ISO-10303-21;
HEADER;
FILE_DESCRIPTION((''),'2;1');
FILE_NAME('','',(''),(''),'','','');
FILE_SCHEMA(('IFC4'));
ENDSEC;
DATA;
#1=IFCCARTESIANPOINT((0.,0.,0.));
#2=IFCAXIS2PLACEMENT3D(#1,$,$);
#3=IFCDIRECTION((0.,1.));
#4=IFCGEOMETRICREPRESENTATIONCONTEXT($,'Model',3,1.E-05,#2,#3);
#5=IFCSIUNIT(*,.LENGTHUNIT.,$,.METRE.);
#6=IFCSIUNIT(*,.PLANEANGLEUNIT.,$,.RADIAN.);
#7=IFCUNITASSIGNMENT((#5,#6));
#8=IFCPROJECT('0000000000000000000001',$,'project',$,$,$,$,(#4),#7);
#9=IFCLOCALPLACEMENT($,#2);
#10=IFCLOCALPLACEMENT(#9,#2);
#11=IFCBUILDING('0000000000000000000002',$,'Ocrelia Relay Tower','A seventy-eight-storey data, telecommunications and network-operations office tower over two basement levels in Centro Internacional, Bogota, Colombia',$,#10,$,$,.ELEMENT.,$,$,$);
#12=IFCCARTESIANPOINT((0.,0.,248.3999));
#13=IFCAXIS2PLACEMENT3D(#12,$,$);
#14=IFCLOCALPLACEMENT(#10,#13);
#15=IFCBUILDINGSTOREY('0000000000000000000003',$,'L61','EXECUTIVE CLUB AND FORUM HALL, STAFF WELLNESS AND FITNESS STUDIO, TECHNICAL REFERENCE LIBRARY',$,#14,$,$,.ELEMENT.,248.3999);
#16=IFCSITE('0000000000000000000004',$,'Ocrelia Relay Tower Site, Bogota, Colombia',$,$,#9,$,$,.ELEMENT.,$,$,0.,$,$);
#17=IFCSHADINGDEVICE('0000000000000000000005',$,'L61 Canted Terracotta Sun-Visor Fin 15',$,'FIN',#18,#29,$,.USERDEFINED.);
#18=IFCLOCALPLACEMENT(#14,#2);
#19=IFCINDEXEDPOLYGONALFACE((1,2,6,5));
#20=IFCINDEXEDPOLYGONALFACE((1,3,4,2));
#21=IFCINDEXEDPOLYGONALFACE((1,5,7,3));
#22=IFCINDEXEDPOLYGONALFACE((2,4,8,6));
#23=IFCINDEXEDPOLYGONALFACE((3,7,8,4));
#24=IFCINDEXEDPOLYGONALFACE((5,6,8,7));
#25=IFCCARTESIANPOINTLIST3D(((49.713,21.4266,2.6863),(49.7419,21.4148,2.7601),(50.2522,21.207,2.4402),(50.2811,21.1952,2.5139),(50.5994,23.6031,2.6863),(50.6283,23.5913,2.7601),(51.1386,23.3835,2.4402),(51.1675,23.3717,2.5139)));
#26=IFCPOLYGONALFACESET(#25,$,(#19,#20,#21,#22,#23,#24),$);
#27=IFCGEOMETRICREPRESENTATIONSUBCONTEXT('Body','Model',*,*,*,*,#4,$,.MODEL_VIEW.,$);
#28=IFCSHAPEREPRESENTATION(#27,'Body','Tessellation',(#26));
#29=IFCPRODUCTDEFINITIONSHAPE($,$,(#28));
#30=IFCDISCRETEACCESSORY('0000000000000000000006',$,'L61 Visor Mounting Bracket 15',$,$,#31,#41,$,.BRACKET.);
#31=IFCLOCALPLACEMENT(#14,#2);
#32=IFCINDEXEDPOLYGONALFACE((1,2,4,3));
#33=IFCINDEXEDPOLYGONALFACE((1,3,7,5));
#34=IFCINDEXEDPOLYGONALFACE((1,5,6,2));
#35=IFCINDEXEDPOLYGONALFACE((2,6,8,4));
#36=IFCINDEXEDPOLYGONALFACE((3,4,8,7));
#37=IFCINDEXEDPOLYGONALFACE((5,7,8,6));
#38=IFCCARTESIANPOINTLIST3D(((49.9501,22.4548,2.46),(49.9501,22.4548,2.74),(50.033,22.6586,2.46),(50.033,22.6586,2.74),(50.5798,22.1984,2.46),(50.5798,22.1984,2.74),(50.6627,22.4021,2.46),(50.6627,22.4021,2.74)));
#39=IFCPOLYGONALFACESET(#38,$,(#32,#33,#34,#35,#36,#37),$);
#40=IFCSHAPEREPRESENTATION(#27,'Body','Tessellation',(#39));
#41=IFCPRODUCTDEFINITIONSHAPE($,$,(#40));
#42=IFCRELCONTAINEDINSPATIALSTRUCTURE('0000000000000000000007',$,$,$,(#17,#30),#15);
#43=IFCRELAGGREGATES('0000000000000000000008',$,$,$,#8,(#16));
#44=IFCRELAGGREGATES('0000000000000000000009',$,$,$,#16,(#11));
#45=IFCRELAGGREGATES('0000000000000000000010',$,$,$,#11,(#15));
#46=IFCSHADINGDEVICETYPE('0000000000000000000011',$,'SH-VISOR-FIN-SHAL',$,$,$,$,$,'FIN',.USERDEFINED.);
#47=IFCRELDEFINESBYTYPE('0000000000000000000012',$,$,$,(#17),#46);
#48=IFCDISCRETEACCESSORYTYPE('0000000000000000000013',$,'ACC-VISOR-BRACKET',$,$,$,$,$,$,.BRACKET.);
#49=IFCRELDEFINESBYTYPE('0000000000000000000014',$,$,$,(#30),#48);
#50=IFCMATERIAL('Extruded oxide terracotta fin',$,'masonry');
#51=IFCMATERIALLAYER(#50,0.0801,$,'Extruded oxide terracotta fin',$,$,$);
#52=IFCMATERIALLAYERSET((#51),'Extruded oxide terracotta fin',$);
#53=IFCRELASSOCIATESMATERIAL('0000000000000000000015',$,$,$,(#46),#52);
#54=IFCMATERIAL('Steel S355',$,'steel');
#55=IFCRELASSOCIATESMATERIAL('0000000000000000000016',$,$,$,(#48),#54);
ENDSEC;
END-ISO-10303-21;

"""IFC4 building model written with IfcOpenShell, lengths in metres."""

from ifc_helpers import new_model, si_unit, direction, frame, origin, origin_2d, place, context, subcontext, project, spatial, rectangle, extrude, material, layer, layer_set, type_object, element, save


model = new_model("IFC4")

# Units and contexts
model_context = context("Model", 3, precision=1e-05, world=origin(), true_north=direction((0.0, 1.0)))
body_context = subcontext(model_context, "Body", "Model", "MODEL_VIEW")
ifc_project = project(units=[si_unit("LENGTHUNIT", "METRE"), si_unit("PLANEANGLEUNIT", "RADIAN")], contexts=[model_context])

# Site, building, storey
site_placement = place(None, origin())
site = spatial("IfcSite", under=ifc_project, at=site_placement, Name="Ocrelia Relay Tower Site, Bogota, Colombia", CompositionType="ELEMENT", RefElevation=0.0)
building_placement = place(site_placement, origin())
building = spatial("IfcBuilding", under=site, at=building_placement, Name="Ocrelia Relay Tower", Description="A seventy-eight-storey data, telecommunications and network-operations office tower over two basement levels in Centro Internacional, Bogota, Colombia", CompositionType="ELEMENT")
storey_placement = place(building_placement, frame((0.0, 0.0, 248.3999)))
storey = spatial("IfcBuildingStorey", under=building, at=storey_placement, Name="L61", Description="EXECUTIVE CLUB AND FORUM HALL, STAFF WELLNESS AND FITNESS STUDIO, TECHNICAL REFERENCE LIBRARY", CompositionType="ELEMENT", Elevation=248.3999)

# Shared definitions
ifc_material_1 = material(Name="Steel S355", Category="steel")

# Shading device
ifc_material_2 = material(Name="Extruded oxide terracotta fin", Category="masonry")
ifc_layer_1 = layer(ifc_material_2, 0.0801, Name="Extruded oxide terracotta fin")
ifc_layer_set_1 = layer_set([ifc_layer_1], Name="Extruded oxide terracotta fin")
shading_device_type_1 = type_object("IfcShadingDeviceType", Name="SH-VISOR-FIN-SHAL", ElementType="FIN", PredefinedType="USERDEFINED", material=ifc_layer_set_1)
shading_device_1_placement = place(storey_placement, frame((50.4258, 22.405, 2.5632), z_axis=(0.360681, -0.14689, 0.92105), x_axis=(0.377177, 0.926141, 0.0)))
element("IfcShadingDevice", 1, at=shading_device_1_placement, inside=storey, type_object=shading_device_type_1, Name="L61 Canted Terracotta Sun-Visor Fin 15", ObjectType="FIN", PredefinedType="USERDEFINED", context=body_context, shape_type="SweptSolid", body=[
    extrude(rectangle(XDim=2.3501, YDim=0.6321, at=origin_2d()), origin(), (0.0, 0.0, 1.0), 0.0801),
])

# Discrete accessory
discrete_accessory_type = type_object("IfcDiscreteAccessoryType", Name="ACC-VISOR-BRACKET", PredefinedType="BRACKET", material=ifc_material_1)
discrete_accessory_placement = place(storey_placement, frame((50.3064, 22.4285, 2.46), z_axis=(0.0, 0.0, 1.0), x_axis=(0.377177, 0.926141, 0.0)))
element("IfcDiscreteAccessory", 2, at=discrete_accessory_placement, inside=storey, type_object=discrete_accessory_type, Name="L61 Visor Mounting Bracket 15", PredefinedType="BRACKET", context=body_context, shape_type="SweptSolid", body=[
    extrude(rectangle(XDim=0.22, YDim=0.6799, at=origin_2d()), origin(), (0.0, 0.0, 1.0), 0.28),
])

save(model, "model.ifc")
